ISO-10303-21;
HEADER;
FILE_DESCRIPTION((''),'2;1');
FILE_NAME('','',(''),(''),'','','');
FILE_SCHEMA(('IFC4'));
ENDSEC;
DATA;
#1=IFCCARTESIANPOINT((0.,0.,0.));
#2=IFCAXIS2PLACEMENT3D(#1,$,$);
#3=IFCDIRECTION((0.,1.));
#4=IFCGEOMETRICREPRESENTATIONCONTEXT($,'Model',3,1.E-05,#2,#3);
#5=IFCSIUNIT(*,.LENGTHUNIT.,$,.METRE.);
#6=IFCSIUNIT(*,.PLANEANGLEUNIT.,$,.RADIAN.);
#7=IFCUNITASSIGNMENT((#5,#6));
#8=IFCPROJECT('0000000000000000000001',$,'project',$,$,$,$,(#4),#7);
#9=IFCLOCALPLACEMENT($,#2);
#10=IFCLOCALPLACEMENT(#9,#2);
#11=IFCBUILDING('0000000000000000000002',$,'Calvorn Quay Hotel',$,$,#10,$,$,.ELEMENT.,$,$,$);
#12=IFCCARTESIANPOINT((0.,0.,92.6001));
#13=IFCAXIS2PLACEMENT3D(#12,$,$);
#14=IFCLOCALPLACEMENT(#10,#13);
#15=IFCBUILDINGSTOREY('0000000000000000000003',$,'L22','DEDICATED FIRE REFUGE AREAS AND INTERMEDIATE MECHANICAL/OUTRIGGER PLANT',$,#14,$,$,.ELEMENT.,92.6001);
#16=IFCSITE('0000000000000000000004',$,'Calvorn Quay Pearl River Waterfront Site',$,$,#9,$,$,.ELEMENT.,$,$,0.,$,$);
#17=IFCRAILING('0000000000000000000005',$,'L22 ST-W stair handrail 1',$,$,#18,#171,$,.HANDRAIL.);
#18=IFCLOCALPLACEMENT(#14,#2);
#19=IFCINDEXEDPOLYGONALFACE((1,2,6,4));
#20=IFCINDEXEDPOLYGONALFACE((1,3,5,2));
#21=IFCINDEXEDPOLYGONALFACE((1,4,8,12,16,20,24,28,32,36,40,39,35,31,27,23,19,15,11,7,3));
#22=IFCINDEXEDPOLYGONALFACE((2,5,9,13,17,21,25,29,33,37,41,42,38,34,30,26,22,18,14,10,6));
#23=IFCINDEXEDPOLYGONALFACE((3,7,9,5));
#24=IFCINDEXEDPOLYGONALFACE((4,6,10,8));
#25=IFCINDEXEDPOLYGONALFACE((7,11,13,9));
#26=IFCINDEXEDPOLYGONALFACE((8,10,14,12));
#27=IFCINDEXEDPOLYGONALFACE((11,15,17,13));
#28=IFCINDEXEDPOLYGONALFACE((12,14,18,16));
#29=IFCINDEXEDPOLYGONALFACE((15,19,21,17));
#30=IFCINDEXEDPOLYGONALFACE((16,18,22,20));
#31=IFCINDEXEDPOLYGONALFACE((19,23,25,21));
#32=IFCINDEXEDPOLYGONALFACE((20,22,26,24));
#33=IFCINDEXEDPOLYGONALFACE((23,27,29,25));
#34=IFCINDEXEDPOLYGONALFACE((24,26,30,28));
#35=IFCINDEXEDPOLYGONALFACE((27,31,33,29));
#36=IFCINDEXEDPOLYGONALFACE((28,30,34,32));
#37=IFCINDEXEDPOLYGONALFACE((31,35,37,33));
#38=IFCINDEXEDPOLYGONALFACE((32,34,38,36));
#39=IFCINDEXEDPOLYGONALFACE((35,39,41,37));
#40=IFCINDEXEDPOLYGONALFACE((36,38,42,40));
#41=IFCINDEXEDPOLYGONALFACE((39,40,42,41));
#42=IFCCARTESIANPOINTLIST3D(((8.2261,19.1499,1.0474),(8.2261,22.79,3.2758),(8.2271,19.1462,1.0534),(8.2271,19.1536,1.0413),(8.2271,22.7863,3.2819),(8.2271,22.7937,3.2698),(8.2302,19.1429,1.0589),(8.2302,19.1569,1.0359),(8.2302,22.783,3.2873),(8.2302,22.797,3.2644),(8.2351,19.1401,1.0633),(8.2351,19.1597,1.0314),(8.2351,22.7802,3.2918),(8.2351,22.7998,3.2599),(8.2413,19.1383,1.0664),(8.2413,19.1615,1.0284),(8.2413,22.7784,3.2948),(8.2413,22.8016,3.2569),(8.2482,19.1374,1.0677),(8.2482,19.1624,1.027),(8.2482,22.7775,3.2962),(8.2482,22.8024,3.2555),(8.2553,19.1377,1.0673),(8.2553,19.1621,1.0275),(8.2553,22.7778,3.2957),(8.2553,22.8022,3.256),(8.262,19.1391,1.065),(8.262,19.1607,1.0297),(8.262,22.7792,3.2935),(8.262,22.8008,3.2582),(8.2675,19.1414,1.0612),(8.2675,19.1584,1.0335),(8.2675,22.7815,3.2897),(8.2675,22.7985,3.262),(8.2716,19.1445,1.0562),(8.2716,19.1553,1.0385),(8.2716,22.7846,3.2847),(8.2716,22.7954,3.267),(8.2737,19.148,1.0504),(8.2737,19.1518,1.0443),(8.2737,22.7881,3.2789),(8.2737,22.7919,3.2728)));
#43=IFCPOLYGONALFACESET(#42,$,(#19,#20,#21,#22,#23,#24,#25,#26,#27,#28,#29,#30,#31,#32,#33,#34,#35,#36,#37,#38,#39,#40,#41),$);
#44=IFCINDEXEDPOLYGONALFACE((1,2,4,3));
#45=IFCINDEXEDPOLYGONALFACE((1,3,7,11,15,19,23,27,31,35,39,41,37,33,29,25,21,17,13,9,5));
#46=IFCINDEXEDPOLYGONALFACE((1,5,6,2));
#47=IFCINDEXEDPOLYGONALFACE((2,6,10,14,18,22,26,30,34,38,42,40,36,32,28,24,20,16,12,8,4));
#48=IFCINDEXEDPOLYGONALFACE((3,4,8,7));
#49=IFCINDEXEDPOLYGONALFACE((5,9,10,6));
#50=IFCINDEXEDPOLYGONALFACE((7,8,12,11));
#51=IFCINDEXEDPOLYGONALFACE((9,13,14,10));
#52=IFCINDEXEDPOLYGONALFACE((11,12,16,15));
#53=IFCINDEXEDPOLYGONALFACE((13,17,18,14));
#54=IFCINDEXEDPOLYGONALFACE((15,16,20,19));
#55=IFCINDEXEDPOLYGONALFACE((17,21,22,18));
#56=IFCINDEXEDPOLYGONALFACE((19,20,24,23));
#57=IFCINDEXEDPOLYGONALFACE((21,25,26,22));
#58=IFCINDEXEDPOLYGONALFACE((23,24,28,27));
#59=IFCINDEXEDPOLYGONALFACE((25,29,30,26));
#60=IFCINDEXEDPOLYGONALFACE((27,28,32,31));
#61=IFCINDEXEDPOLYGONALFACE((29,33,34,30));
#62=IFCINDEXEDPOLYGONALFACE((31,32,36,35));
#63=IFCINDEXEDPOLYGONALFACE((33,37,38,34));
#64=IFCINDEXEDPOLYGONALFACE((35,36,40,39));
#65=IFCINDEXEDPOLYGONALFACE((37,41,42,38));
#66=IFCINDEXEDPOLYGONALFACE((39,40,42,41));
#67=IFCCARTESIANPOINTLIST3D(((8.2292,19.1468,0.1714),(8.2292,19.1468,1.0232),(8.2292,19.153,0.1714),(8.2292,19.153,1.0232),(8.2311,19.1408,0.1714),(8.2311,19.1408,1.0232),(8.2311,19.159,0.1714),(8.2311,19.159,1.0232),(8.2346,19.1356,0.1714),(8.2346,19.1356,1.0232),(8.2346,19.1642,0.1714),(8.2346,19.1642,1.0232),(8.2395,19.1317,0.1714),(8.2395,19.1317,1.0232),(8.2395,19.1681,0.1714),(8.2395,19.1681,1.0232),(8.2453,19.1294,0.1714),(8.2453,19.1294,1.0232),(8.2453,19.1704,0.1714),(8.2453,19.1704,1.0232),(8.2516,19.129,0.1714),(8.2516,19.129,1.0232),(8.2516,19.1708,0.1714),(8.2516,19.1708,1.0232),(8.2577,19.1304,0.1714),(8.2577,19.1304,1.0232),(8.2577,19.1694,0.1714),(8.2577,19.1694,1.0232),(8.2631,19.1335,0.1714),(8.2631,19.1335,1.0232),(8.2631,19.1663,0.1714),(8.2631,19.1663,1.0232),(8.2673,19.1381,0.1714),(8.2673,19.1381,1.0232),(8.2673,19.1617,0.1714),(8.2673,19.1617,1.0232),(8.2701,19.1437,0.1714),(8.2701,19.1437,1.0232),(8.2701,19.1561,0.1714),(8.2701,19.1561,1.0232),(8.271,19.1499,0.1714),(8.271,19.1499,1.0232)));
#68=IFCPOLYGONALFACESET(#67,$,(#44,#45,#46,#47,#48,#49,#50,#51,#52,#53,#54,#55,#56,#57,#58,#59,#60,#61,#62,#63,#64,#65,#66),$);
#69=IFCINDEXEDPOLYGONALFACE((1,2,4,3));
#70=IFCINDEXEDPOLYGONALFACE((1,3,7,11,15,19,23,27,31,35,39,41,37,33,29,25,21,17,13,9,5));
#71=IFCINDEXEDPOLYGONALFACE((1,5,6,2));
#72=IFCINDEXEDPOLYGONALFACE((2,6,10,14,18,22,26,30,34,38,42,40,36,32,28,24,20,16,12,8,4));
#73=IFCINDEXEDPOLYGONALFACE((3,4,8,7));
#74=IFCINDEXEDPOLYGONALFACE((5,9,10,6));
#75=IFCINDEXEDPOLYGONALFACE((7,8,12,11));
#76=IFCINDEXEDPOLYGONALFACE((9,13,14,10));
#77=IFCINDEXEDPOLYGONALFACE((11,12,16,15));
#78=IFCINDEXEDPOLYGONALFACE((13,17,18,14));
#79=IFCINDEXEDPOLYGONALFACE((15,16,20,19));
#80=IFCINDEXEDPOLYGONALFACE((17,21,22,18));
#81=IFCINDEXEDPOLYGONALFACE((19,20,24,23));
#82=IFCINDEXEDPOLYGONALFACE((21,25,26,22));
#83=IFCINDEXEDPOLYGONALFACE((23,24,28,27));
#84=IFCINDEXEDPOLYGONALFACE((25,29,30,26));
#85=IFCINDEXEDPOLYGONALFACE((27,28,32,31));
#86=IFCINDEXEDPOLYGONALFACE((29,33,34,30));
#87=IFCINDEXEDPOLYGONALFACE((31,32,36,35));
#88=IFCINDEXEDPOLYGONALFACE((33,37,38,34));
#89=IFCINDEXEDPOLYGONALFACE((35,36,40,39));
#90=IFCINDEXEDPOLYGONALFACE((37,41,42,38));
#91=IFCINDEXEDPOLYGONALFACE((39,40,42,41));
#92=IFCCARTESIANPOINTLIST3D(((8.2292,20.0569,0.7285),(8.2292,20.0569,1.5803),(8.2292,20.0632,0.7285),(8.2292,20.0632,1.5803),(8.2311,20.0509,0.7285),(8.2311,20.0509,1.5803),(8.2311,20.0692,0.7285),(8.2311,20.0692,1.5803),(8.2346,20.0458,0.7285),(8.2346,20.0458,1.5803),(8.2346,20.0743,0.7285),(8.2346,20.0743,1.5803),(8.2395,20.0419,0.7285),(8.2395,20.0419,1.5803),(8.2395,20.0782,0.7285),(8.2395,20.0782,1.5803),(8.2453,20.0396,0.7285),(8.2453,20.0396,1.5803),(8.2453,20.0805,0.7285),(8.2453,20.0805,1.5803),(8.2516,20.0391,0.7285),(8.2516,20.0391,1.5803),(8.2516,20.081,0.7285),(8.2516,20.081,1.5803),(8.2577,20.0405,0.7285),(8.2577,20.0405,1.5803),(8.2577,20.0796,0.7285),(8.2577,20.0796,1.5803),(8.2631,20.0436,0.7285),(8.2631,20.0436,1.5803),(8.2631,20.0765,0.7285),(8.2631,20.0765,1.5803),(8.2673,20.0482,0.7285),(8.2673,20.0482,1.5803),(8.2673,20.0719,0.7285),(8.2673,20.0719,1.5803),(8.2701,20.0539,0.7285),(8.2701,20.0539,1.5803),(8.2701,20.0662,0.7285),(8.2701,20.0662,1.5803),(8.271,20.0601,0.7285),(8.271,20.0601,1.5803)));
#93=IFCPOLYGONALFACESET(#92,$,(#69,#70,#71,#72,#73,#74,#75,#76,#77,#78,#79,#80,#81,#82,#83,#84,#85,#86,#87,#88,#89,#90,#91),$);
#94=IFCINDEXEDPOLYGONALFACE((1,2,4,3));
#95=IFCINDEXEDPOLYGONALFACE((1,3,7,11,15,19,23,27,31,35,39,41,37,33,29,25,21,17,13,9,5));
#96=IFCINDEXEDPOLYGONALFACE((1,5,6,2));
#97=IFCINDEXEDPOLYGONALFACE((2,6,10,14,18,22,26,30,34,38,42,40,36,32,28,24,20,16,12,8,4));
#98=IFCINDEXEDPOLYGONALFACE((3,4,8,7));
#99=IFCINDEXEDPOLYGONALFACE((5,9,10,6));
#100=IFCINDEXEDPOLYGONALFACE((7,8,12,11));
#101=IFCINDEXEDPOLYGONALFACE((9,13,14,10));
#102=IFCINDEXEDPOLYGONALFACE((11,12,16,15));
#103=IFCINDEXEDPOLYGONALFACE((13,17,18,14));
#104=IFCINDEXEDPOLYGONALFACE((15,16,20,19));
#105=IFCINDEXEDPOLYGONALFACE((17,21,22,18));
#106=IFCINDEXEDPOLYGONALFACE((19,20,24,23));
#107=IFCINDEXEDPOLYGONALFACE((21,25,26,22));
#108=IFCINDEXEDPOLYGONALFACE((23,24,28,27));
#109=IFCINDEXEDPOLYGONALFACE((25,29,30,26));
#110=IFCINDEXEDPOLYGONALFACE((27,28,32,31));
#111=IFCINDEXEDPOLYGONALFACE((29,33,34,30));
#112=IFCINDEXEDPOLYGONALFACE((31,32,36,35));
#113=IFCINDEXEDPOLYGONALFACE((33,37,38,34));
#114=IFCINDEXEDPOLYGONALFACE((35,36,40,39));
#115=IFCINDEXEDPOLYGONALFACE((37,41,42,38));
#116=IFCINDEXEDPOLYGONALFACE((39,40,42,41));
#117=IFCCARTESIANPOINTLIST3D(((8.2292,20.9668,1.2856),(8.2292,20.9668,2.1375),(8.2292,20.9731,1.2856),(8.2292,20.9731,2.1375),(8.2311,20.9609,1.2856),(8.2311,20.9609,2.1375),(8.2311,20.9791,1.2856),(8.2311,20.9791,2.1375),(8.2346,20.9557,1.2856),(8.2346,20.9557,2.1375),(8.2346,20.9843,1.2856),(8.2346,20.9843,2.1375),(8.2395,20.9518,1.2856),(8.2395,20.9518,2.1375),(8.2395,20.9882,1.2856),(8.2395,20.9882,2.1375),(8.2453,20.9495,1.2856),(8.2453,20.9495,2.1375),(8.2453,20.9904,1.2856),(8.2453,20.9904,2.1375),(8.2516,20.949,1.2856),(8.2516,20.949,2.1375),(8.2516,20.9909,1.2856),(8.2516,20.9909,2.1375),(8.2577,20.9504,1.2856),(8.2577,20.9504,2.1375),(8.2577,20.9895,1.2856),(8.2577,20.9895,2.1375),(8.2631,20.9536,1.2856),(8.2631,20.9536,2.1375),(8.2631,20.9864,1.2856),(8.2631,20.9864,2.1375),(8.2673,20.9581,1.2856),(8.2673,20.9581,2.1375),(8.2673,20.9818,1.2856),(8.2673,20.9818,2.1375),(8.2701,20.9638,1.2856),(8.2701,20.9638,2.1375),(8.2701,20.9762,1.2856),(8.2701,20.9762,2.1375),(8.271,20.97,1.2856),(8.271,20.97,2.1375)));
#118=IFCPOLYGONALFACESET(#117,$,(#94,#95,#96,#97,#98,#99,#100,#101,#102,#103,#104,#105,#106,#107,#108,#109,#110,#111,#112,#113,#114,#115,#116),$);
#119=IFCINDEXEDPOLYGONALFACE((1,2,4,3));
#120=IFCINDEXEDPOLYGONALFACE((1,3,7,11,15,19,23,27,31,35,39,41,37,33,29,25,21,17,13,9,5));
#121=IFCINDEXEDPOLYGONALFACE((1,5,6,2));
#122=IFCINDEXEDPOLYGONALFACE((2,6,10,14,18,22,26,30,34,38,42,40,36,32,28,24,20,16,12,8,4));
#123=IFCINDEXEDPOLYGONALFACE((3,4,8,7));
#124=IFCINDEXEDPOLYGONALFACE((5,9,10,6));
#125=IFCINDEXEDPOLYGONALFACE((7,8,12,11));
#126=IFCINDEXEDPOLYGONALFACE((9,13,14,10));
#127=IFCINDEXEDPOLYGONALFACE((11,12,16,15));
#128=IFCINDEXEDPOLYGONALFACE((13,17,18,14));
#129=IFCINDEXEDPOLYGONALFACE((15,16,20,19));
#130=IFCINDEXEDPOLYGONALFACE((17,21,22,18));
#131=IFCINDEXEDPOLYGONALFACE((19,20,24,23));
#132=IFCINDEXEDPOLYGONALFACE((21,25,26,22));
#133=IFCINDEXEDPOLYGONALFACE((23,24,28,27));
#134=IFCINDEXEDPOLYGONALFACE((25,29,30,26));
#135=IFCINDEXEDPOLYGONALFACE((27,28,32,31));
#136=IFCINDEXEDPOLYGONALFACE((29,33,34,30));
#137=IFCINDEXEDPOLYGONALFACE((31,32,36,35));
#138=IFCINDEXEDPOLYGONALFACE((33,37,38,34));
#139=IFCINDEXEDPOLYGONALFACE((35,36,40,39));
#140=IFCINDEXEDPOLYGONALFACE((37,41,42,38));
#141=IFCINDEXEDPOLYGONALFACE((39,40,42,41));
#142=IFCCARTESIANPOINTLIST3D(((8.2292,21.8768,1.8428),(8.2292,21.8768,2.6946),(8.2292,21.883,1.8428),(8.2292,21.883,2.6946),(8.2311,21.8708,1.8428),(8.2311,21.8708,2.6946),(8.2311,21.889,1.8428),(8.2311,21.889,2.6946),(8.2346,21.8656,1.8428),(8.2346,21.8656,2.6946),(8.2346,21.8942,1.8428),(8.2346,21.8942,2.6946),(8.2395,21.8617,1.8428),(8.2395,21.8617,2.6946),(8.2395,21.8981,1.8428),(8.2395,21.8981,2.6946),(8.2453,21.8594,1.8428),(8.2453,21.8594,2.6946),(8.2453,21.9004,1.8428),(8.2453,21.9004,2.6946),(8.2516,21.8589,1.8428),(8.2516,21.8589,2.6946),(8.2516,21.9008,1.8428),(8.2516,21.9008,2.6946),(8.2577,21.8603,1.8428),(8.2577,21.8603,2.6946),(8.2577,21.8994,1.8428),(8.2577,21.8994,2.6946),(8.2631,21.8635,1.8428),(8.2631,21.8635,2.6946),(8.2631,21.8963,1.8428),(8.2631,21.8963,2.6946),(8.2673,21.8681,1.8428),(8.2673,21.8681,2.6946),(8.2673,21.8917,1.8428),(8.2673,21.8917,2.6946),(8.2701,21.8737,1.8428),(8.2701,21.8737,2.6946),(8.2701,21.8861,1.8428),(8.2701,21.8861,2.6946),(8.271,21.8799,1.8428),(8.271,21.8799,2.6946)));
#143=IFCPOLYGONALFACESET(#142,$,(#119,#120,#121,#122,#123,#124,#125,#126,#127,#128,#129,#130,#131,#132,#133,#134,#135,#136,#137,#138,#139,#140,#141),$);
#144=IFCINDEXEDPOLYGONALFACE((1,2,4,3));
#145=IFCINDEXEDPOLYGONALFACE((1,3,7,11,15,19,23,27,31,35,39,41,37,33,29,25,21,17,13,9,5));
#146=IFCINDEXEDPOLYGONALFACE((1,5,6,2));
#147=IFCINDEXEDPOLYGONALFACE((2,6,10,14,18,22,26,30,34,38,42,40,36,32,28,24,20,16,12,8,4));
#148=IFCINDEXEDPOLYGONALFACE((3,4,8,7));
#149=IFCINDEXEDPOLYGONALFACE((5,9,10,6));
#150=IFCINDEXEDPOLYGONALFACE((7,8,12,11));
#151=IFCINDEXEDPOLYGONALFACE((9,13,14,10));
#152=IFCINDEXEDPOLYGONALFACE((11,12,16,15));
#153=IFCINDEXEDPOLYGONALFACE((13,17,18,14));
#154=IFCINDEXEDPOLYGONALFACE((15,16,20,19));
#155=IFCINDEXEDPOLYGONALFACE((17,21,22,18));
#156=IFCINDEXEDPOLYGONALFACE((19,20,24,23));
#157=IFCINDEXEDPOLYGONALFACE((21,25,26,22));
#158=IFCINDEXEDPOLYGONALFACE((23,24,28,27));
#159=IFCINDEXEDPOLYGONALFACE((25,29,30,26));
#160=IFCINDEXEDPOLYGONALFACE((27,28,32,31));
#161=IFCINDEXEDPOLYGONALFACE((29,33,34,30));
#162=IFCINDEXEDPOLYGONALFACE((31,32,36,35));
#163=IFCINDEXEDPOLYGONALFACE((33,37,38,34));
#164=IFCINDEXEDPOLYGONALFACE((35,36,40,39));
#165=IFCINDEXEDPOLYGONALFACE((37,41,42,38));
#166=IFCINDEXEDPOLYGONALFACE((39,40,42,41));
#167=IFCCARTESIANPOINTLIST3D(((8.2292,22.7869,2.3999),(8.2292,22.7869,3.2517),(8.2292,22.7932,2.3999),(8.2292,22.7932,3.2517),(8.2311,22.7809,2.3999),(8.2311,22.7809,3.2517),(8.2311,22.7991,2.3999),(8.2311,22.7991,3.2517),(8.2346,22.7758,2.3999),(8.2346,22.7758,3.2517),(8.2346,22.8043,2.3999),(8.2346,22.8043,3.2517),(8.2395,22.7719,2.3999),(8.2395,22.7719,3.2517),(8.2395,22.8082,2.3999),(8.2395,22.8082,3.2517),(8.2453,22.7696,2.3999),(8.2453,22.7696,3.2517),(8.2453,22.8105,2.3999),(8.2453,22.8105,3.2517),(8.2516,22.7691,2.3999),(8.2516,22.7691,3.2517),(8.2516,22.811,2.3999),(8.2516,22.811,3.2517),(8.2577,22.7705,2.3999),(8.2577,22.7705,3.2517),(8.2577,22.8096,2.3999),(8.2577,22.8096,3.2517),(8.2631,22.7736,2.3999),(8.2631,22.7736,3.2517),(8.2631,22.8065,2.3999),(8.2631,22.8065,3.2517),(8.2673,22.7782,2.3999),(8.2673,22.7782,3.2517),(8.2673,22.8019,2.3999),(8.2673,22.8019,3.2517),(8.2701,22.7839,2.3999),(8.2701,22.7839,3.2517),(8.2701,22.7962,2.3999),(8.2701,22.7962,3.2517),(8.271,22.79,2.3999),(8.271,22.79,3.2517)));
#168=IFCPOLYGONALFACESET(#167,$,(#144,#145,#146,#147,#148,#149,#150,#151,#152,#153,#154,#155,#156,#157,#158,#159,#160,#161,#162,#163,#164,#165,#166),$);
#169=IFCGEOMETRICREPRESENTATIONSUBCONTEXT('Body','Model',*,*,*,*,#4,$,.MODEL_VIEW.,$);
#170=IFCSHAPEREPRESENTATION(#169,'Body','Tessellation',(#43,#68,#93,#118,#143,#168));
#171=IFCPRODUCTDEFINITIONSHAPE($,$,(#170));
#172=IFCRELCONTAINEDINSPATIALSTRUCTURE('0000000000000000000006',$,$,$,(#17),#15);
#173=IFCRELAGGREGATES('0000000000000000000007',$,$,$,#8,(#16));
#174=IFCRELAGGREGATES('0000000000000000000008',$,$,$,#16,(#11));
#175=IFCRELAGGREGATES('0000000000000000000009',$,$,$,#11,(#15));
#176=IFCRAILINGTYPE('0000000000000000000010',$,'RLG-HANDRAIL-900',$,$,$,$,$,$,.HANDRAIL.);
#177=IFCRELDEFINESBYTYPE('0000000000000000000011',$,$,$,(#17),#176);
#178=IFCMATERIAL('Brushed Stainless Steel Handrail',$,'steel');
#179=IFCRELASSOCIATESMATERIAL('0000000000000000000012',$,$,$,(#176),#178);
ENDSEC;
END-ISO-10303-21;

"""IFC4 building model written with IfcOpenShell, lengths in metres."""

from ifc_helpers import new_model, si_unit, direction, frame, origin, origin_2d, place, context, subcontext, project, spatial, circle, extrude, material, type_object, element, save


model = new_model("IFC4")

# Units and contexts
model_context = context("Model", 3, precision=1e-05, world=origin(), true_north=direction((0.0, 1.0)))
body_context = subcontext(model_context, "Body", "Model", "MODEL_VIEW")
ifc_project = project(units=[si_unit("LENGTHUNIT", "METRE"), si_unit("PLANEANGLEUNIT", "RADIAN")], contexts=[model_context])

# Site, building, storey
site_placement = place(None, origin())
site = spatial("IfcSite", under=ifc_project, at=site_placement, Name="Calvorn Quay Pearl River Waterfront Site", CompositionType="ELEMENT", RefElevation=0.0)
building_placement = place(site_placement, origin())
building = spatial("IfcBuilding", under=site, at=building_placement, Name="Calvorn Quay Hotel", CompositionType="ELEMENT")
storey_placement = place(building_placement, frame((0.0, 0.0, 92.6001)))
storey = spatial("IfcBuildingStorey", under=building, at=storey_placement, Name="L22", Description="DEDICATED FIRE REFUGE AREAS AND INTERMEDIATE MECHANICAL/OUTRIGGER PLANT", CompositionType="ELEMENT", Elevation=92.6001)

# Railing
ifc_material_1 = material(Name="Brushed Stainless Steel Handrail", Category="steel")
railing_type_1 = type_object("IfcRailingType", Name="RLG-HANDRAIL-900", PredefinedType="HANDRAIL", material=ifc_material_1)
railing_1_placement = place(storey_placement, frame((8.25, 19.1499, 0.1714)))
element("IfcRailing", 1, at=railing_1_placement, inside=storey, type_object=railing_type_1, Name="L22 ST-W stair handrail 1", PredefinedType="HANDRAIL", context=body_context, shape_type="SweptSolid", body=[
    extrude(circle(Radius=0.0239, at=origin_2d()), frame((0.0, 0.0, 0.876), z_axis=(0.0, 0.852866, 0.52213), x_axis=(-1.0, 0.0, 0.0)), (0.0, 0.0, 1.0), 4.2681),
    extrude(circle(Radius=0.021, at=origin_2d()), origin(), (0.0, 0.0, 1.0), 0.8518),
    extrude(circle(Radius=0.021, at=origin_2d()), frame((0.0, 0.9102, 0.5571)), (0.0, 0.0, 1.0), 0.8518),
    extrude(circle(Radius=0.021, at=origin_2d()), frame((0.0, 1.8201, 1.1143)), (0.0, 0.0, 1.0), 0.8518),
    extrude(circle(Radius=0.021, at=origin_2d()), frame((0.0, 2.73, 1.6714)), (0.0, 0.0, 1.0), 0.8518),
    extrude(circle(Radius=0.021, at=origin_2d()), frame((0.0, 3.6401, 2.2285)), (0.0, 0.0, 1.0), 0.8518),
])

save(model, "model.ifc")
